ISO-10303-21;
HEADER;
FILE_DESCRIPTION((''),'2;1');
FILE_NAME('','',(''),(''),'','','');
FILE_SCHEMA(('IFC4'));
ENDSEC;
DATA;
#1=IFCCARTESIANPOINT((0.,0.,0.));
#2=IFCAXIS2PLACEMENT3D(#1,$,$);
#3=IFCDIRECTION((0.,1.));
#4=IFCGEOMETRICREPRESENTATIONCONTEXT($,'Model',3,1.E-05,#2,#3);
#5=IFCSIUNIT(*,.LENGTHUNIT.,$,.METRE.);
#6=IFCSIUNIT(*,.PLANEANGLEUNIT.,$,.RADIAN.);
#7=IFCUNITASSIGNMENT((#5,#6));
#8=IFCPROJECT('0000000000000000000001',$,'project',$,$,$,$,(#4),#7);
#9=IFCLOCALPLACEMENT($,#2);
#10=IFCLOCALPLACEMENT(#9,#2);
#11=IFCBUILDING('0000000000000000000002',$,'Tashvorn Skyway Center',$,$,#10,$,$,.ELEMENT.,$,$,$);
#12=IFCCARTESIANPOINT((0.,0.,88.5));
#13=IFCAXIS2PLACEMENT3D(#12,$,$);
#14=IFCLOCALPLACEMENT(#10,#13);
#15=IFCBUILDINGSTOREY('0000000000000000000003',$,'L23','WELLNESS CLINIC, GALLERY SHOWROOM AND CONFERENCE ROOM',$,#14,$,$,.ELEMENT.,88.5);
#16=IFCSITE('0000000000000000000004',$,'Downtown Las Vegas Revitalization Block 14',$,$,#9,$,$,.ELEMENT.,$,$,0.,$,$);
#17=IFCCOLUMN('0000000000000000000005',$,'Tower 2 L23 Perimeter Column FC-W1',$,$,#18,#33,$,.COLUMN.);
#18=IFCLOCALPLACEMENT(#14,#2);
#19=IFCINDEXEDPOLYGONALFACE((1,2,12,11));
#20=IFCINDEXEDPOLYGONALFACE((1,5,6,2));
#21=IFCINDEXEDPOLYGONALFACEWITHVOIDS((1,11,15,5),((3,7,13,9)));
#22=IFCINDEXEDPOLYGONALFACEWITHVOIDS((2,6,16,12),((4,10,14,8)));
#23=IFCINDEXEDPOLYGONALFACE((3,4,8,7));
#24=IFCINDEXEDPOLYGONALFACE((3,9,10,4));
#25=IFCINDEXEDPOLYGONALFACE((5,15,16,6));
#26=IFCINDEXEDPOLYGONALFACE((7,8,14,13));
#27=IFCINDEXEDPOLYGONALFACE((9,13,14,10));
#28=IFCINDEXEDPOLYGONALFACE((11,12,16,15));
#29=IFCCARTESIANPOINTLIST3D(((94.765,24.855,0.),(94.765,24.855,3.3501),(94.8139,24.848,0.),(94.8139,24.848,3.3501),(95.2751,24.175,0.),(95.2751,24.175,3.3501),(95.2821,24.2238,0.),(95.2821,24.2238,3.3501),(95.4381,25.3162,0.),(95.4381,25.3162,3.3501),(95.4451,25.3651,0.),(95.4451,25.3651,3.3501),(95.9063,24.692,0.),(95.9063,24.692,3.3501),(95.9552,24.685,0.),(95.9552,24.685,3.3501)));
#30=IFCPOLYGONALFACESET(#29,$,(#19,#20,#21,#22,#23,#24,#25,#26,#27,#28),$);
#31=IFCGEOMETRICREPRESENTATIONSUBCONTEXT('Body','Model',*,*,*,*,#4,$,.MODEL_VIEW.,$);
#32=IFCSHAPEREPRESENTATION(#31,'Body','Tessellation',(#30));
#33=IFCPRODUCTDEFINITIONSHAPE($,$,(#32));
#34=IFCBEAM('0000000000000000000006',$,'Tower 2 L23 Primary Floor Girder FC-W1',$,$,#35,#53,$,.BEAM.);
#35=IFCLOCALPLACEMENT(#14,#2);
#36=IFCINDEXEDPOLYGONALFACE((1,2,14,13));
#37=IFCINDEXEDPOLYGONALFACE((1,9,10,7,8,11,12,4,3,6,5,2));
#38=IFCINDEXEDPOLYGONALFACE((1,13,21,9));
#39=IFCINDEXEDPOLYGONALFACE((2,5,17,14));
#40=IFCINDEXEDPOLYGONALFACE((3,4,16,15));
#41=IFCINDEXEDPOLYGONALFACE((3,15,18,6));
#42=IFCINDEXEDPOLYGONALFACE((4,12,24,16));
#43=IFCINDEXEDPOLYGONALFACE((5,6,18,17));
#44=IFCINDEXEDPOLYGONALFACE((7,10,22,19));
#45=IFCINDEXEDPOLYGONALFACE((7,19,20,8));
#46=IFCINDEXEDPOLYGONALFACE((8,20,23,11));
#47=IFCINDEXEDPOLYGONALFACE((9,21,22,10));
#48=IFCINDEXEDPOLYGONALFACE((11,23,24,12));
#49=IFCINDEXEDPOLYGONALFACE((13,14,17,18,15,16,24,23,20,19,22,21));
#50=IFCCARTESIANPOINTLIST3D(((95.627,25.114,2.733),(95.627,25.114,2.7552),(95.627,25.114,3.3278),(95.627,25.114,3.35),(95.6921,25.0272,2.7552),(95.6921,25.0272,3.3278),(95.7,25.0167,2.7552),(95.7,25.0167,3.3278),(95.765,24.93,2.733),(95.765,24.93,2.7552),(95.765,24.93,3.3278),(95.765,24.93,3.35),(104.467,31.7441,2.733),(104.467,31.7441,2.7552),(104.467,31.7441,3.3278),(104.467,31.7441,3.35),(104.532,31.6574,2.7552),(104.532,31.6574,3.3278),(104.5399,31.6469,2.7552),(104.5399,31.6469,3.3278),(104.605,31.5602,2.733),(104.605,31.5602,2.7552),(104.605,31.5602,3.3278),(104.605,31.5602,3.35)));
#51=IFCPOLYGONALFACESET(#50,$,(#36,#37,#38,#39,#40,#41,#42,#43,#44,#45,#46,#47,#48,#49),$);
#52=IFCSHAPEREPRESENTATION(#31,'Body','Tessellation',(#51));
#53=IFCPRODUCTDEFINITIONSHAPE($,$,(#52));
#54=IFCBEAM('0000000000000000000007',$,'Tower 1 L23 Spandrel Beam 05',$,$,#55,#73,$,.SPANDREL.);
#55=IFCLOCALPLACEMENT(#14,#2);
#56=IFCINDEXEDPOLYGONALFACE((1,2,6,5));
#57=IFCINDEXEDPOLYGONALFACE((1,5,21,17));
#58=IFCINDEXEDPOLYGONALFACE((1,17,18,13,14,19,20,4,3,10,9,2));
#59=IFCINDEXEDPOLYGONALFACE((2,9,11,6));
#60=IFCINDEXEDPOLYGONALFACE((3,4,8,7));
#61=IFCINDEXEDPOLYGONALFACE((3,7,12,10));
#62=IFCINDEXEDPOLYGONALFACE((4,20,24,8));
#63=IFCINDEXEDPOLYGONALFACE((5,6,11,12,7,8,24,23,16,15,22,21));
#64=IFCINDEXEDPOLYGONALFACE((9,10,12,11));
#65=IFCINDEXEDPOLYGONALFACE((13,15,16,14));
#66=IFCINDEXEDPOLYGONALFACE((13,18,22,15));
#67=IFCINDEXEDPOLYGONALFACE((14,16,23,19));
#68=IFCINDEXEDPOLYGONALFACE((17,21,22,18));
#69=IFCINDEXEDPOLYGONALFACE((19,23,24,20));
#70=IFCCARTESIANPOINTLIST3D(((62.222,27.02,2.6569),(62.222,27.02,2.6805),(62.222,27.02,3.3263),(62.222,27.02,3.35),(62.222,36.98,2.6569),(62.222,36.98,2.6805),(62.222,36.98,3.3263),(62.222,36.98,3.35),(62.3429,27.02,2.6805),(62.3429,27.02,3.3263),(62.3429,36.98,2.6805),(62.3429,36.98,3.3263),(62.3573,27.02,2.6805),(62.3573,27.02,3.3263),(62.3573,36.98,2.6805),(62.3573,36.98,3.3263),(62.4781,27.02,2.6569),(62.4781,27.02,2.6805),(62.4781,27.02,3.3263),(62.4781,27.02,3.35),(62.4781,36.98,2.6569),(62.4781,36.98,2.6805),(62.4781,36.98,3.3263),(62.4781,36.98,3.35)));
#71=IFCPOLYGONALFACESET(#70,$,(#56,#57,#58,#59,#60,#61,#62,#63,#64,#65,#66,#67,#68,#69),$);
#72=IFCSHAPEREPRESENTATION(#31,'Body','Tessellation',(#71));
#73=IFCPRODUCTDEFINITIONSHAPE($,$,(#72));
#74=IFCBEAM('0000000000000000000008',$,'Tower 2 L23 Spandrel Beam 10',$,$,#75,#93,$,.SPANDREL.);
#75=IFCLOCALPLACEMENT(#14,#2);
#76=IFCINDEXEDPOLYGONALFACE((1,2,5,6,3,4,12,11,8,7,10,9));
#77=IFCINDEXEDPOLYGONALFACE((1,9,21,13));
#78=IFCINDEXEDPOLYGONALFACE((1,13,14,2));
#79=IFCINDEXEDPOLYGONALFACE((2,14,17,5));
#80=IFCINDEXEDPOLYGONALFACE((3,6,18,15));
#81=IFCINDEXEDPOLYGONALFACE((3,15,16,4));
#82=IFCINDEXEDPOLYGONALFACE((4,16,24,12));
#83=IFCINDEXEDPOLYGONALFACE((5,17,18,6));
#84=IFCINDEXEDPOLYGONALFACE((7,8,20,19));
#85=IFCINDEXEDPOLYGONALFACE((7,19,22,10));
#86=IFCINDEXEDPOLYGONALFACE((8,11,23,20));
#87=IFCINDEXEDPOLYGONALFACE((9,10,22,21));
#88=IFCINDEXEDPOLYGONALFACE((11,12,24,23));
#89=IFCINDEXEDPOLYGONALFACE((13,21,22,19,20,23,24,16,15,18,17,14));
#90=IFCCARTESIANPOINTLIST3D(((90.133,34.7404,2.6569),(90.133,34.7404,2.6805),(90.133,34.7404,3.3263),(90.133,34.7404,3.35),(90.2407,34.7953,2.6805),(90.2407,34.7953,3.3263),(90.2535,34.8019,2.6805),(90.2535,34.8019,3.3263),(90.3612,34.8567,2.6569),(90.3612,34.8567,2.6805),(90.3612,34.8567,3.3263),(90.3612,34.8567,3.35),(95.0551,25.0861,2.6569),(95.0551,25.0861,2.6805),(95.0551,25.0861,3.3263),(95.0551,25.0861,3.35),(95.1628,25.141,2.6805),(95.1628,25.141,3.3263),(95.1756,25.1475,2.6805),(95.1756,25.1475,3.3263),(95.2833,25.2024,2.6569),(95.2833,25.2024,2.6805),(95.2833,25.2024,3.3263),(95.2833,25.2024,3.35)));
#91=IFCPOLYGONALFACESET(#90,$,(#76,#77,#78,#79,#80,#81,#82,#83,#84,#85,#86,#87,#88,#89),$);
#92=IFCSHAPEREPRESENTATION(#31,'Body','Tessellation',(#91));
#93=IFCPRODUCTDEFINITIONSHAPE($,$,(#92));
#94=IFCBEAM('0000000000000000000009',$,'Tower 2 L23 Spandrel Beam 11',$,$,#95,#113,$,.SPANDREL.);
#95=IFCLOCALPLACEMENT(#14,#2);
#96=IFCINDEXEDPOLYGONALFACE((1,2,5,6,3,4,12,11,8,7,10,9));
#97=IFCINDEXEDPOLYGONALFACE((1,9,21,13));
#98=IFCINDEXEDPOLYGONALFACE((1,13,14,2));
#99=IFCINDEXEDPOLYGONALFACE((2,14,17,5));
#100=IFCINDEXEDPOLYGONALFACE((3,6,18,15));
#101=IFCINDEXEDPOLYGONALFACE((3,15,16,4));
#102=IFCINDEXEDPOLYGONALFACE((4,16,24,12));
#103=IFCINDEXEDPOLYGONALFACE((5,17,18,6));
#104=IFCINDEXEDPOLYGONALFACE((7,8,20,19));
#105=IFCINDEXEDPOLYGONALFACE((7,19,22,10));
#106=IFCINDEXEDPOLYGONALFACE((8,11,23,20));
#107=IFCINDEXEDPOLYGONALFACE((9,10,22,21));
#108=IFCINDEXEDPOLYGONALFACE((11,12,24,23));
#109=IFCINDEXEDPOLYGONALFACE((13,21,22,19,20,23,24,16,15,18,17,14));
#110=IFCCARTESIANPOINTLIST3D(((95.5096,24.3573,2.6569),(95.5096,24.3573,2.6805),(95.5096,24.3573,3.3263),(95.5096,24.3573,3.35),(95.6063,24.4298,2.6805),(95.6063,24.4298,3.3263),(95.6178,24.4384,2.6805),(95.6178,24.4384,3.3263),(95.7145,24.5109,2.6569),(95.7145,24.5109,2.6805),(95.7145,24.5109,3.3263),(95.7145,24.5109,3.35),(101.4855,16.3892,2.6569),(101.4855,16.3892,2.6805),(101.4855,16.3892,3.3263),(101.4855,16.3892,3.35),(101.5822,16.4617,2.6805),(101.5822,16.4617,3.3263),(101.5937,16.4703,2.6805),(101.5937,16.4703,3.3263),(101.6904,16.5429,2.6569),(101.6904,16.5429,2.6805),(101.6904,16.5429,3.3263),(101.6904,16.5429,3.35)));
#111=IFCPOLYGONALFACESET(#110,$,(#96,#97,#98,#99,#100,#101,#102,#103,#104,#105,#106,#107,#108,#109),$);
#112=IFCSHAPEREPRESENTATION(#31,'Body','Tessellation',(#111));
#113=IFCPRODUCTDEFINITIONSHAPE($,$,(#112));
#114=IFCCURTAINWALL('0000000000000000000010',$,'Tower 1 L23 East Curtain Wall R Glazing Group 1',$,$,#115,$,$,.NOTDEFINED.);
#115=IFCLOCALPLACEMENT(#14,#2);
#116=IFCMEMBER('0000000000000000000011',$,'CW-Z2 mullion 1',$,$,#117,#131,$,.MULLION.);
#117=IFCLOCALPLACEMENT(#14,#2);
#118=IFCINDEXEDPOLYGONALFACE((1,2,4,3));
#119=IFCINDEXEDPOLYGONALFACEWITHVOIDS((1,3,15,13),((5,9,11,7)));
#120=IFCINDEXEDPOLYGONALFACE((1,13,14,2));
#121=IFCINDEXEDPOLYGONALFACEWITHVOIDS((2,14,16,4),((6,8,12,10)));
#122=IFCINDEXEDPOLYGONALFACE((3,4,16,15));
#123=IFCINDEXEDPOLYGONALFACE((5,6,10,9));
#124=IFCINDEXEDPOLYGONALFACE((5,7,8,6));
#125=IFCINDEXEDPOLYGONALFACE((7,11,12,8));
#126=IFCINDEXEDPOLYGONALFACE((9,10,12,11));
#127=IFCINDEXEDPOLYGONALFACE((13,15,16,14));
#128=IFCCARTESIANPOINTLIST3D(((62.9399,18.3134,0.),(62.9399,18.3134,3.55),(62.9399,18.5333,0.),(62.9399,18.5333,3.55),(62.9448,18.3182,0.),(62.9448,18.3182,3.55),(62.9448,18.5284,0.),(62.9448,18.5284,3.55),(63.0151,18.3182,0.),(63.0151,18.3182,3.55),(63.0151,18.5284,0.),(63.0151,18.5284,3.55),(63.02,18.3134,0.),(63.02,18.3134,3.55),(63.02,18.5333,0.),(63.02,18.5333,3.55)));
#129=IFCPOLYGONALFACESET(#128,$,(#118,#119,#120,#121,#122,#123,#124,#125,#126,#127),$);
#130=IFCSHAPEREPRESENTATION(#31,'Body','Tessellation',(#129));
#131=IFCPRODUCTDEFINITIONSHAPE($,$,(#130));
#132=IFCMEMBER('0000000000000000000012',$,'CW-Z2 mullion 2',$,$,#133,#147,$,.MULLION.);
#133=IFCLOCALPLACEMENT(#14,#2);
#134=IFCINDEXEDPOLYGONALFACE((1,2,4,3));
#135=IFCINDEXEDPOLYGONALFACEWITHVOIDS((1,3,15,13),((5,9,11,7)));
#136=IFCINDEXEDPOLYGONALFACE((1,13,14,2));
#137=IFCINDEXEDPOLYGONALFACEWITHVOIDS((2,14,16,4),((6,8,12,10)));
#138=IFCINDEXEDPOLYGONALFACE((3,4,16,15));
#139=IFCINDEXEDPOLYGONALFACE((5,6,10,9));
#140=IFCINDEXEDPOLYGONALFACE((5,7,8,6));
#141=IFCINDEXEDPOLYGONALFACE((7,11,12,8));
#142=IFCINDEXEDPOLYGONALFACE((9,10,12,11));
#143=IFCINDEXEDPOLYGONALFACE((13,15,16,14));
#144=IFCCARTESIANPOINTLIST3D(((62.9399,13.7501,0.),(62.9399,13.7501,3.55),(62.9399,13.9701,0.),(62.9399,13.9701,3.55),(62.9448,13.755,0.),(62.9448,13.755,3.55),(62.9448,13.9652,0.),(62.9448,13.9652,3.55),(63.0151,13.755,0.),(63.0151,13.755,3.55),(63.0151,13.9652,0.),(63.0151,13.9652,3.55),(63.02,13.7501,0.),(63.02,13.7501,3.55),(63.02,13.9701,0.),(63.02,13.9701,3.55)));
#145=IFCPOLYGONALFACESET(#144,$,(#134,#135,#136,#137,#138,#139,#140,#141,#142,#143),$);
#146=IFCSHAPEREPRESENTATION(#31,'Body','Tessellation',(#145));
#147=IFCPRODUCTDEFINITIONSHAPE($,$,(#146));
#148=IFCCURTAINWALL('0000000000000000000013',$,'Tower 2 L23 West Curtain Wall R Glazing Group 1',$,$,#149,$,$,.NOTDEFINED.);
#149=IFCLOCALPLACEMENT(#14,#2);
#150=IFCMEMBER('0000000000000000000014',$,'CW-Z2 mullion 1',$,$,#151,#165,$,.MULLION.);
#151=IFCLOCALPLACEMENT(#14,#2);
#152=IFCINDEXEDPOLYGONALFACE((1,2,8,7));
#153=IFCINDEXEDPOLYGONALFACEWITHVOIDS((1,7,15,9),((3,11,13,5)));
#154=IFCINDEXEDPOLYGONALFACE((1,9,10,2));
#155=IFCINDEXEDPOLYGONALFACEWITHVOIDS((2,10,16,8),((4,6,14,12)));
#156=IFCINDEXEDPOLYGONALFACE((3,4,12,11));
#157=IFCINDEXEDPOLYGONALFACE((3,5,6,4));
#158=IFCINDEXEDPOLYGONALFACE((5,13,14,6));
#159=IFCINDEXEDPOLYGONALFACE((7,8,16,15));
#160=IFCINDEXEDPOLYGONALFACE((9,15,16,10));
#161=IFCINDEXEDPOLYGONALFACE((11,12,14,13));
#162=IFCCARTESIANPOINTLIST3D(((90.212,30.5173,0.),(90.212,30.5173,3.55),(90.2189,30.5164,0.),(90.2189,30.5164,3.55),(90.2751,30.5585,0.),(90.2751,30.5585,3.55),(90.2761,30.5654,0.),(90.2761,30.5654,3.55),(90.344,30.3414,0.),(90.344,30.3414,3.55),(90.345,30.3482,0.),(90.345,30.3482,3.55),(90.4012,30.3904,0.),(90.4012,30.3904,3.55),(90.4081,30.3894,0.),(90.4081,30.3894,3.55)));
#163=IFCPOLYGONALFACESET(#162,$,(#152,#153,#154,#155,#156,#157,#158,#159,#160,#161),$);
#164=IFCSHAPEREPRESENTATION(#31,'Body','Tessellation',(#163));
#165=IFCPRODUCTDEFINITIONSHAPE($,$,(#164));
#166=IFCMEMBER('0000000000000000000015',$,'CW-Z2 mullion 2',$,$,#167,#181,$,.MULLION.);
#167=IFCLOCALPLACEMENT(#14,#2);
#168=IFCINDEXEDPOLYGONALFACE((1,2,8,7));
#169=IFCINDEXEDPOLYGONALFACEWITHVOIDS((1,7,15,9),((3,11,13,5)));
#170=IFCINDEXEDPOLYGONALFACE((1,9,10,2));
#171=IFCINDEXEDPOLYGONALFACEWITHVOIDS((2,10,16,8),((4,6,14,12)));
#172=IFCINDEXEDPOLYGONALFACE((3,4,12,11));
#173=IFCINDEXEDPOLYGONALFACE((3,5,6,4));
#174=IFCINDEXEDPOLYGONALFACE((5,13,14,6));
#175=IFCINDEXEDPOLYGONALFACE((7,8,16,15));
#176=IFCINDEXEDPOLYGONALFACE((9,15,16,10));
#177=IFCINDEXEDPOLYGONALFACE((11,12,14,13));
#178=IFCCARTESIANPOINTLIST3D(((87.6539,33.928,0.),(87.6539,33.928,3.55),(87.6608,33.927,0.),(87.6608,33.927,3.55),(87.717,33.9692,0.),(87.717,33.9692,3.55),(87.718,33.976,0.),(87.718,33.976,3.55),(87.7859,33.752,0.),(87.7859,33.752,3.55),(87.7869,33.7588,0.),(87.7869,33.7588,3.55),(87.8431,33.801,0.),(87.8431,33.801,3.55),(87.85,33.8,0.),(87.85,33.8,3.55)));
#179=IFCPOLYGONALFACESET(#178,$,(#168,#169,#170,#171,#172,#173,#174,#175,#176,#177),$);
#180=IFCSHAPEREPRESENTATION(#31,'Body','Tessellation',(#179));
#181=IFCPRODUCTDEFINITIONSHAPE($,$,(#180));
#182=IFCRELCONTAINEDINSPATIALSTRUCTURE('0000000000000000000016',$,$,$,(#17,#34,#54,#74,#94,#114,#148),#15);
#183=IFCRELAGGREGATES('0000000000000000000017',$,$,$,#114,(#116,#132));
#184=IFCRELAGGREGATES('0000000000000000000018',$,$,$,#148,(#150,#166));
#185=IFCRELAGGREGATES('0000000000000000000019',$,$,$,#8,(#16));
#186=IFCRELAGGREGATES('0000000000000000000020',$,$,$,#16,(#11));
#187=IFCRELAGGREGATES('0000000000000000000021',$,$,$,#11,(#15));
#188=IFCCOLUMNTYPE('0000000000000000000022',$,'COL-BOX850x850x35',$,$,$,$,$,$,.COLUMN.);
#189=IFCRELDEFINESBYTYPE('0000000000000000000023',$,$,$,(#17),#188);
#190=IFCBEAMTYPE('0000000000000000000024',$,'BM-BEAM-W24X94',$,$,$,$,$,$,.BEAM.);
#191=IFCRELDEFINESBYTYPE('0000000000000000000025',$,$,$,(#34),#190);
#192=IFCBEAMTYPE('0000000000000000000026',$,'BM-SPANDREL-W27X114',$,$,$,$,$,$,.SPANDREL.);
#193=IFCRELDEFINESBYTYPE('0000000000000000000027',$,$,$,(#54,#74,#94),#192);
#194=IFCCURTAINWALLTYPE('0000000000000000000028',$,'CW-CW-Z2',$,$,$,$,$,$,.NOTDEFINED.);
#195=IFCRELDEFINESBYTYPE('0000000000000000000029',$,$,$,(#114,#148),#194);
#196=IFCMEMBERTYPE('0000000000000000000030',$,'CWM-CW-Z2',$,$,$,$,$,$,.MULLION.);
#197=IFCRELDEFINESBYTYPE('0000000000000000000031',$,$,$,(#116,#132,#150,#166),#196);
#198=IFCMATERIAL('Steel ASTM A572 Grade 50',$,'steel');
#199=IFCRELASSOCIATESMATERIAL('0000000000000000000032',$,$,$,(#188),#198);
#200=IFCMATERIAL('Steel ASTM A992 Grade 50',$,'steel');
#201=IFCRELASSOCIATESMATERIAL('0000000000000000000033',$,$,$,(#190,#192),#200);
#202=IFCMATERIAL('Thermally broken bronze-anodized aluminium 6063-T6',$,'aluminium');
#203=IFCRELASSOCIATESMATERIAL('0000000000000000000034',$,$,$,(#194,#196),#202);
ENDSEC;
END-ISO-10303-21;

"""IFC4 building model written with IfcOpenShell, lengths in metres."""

from ifc_helpers import new_model, si_unit, direction, frame, origin, origin_2d, place, context, subcontext, project, spatial, hollow_rectangle, i_section, extrude, material, material_profile, profile_set, type_object, element, aggregate, save


model = new_model("IFC4")

# Units and contexts
model_context = context("Model", 3, precision=1e-05, world=origin(), true_north=direction((0.0, 1.0)))
body_context = subcontext(model_context, "Body", "Model", "MODEL_VIEW")
ifc_project = project(units=[si_unit("LENGTHUNIT", "METRE"), si_unit("PLANEANGLEUNIT", "RADIAN")], contexts=[model_context])

# Site, building, storey
site_placement = place(None, origin())
site = spatial("IfcSite", under=ifc_project, at=site_placement, Name="Downtown Las Vegas Revitalization Block 14", CompositionType="ELEMENT", RefElevation=0.0)
building_placement = place(site_placement, origin())
building = spatial("IfcBuilding", under=site, at=building_placement, Name="Tashvorn Skyway Center", CompositionType="ELEMENT")
storey_placement = place(building_placement, frame((0.0, 0.0, 88.5)))
storey = spatial("IfcBuildingStorey", under=building, at=storey_placement, Name="L23", Description="WELLNESS CLINIC, GALLERY SHOWROOM AND CONFERENCE ROOM", CompositionType="ELEMENT", Elevation=88.5)

# Column
ifc_material_1 = material(Name="Steel ASTM A572 Grade 50", Category="steel")
ifc_material_profile_1 = material_profile(ifc_material_1, hollow_rectangle(XDim=0.8501, YDim=0.8501, WallThickness=0.0349, at=origin_2d()), Name="BOX850x850x35")
ifc_profile_set_1 = profile_set([ifc_material_profile_1], Name="Steel ASTM A572 Grade 50")
column_type = type_object("IfcColumnType", Name="COL-BOX850x850x35", PredefinedType="COLUMN", material=ifc_profile_set_1)
column_placement = place(storey_placement, frame((95.3601, 24.77, 0.0), z_axis=(0.0, 0.0, 1.0), x_axis=(0.8, 0.6, 0.0)))
element("IfcColumn", 1, at=column_placement, inside=storey, type_object=column_type, Name="Tower 2 L23 Perimeter Column FC-W1", PredefinedType="COLUMN", context=body_context, shape_type="SweptSolid", body=[
    extrude(hollow_rectangle(XDim=0.8501, YDim=0.8501, WallThickness=0.0349, at=origin_2d()), origin(), (0.0, 0.0, 1.0), 3.3501),
])

# Beams
ifc_material_2 = material(Name="Steel ASTM A992 Grade 50", Category="steel")
ifc_material_profile_2 = material_profile(ifc_material_2, i_section(OverallWidth=0.23, OverallDepth=0.6169, WebThickness=0.0132, FlangeThickness=0.0222, at=origin_2d()), Name="W24X94")
ifc_profile_set_2 = profile_set([ifc_material_profile_2], Name="Steel ASTM A992 Grade 50")
beam_type_1 = type_object("IfcBeamType", Name="BM-BEAM-W24X94", PredefinedType="BEAM", material=ifc_profile_set_2)
beam_1_placement = place(storey_placement, frame((95.696, 25.022, 3.0415), z_axis=(0.799989, 0.600014, 0.0), x_axis=(-0.600014, 0.799989, 0.0)))
element("IfcBeam", 2, at=beam_1_placement, inside=storey, type_object=beam_type_1, Name="Tower 2 L23 Primary Floor Girder FC-W1", PredefinedType="BEAM", context=body_context, shape_type="SweptSolid", body=[
    extrude(i_section(OverallWidth=0.23, OverallDepth=0.6169, WebThickness=0.0132, FlangeThickness=0.0222, at=origin_2d()), origin(), (0.0, 0.0, 1.0), 11.05),
])
ifc_material_profile_3 = material_profile(ifc_material_2, i_section(OverallWidth=0.2561, OverallDepth=0.6931, WebThickness=0.0144, FlangeThickness=0.0237, at=origin_2d()), Name="W27X114")
ifc_profile_set_3 = profile_set([ifc_material_profile_3], Name="Steel ASTM A992 Grade 50")
beam_type_2 = type_object("IfcBeamType", Name="BM-SPANDREL-W27X114", PredefinedType="SPANDREL", material=ifc_profile_set_3)
beam_2_placement = place(storey_placement, frame((62.3501, 27.02, 3.0034), z_axis=(0.0, 1.0, 0.0), x_axis=(-1.0, 0.0, 0.0)))
element("IfcBeam", 3, at=beam_2_placement, inside=storey, type_object=beam_type_2, Name="Tower 1 L23 Spandrel Beam 05", PredefinedType="SPANDREL", context=body_context, shape_type="SweptSolid", body=[
    extrude(i_section(OverallWidth=0.2561, OverallDepth=0.6931, WebThickness=0.0144, FlangeThickness=0.0237, at=origin_2d()), origin(), (0.0, 0.0, 1.0), 9.96),
])
beam_3_placement = place(storey_placement, frame((90.2471, 34.7986, 3.0034), z_axis=(0.454211, -0.890894, 0.0), x_axis=(0.890894, 0.454211, 0.0)))
element("IfcBeam", 4, at=beam_3_placement, inside=storey, type_object=beam_type_2, Name="Tower 2 L23 Spandrel Beam 10", PredefinedType="SPANDREL", context=body_context, shape_type="SweptSolid", body=[
    extrude(i_section(OverallWidth=0.2561, OverallDepth=0.6931, WebThickness=0.0144, FlangeThickness=0.0237, at=origin_2d()), origin(), (0.0, 0.0, 1.0), 10.8367),
])
beam_4_placement = place(storey_placement, frame((95.6121, 24.4341, 3.0034), z_axis=(0.599988, -0.800009, 0.0), x_axis=(0.800009, 0.599988, 0.0)))
element("IfcBeam", 5, at=beam_4_placement, inside=storey, type_object=beam_type_2, Name="Tower 2 L23 Spandrel Beam 11", PredefinedType="SPANDREL", context=body_context, shape_type="SweptSolid", body=[
    extrude(i_section(OverallWidth=0.2561, OverallDepth=0.6931, WebThickness=0.0144, FlangeThickness=0.0237, at=origin_2d()), origin(), (0.0, 0.0, 1.0), 9.96),
])

# Curtain walls, members
ifc_material_3 = material(Name="Thermally broken bronze-anodized aluminium 6063-T6", Category="aluminium")
curtain_wall_type = type_object("IfcCurtainWallType", Name="CW-CW-Z2", PredefinedType="NOTDEFINED", material=ifc_material_3)
curtain_wall_1_placement = place(storey_placement, origin())
curtain_wall_1 = element("IfcCurtainWall", 6, at=curtain_wall_1_placement, inside=storey, type_object=curtain_wall_type, Name="Tower 1 L23 East Curtain Wall R Glazing Group 1", PredefinedType="NOTDEFINED")
ifc_material_profile_4 = material_profile(ifc_material_3, hollow_rectangle(XDim=0.0801, YDim=0.22, WallThickness=0.0049, at=origin_2d()), Name="ALU-MULL-80x220")
ifc_profile_set_4 = profile_set([ifc_material_profile_4], Name="Thermally broken bronze-anodized aluminium 6063-T6")
member_type_1 = type_object("IfcMemberType", Name="CWM-CW-Z2", PredefinedType="MULLION", material=ifc_profile_set_4)
member_1_placement = place(storey_placement, frame((62.98, 18.4233, 0.0), z_axis=(0.0, 0.0, 1.0), x_axis=(1.0, 0.0, 0.0)))
member_1 = element("IfcMember", 7, at=member_1_placement, type_object=member_type_1, Name="CW-Z2 mullion 1", PredefinedType="MULLION", context=body_context, shape_type="SweptSolid", body=[
    extrude(hollow_rectangle(XDim=0.0801, YDim=0.22, WallThickness=0.0049, at=origin_2d()), origin(), (0.0, 0.0, 1.0), 3.55),
])
member_2_placement = place(storey_placement, frame((62.98, 13.8601, 0.0), z_axis=(0.0, 0.0, 1.0), x_axis=(1.0, 0.0, 0.0)))
member_2 = element("IfcMember", 8, at=member_2_placement, type_object=member_type_1, Name="CW-Z2 mullion 2", PredefinedType="MULLION", context=body_context, shape_type="SweptSolid", body=[
    extrude(hollow_rectangle(XDim=0.0801, YDim=0.22, WallThickness=0.0049, at=origin_2d()), origin(), (0.0, 0.0, 1.0), 3.55),
])
curtain_wall_2_placement = place(storey_placement, origin())
curtain_wall_2 = element("IfcCurtainWall", 9, at=curtain_wall_2_placement, inside=storey, type_object=curtain_wall_type, Name="Tower 2 L23 West Curtain Wall R Glazing Group 1", PredefinedType="NOTDEFINED")
member_3_placement = place(storey_placement, frame((90.3101, 30.4534, 0.0), z_axis=(0.0, 0.0, 1.0), x_axis=(-0.800003, -0.599996, 0.0)))
member_3 = element("IfcMember", 10, at=member_3_placement, type_object=member_type_1, Name="CW-Z2 mullion 1", PredefinedType="MULLION", context=body_context, shape_type="SweptSolid", body=[
    extrude(hollow_rectangle(XDim=0.0801, YDim=0.22, WallThickness=0.0049, at=origin_2d()), origin(), (0.0, 0.0, 1.0), 3.55),
])
member_4_placement = place(storey_placement, frame((87.752, 33.864, 0.0), z_axis=(0.0, 0.0, 1.0), x_axis=(-0.800003, -0.599996, 0.0)))
member_4 = element("IfcMember", 11, at=member_4_placement, type_object=member_type_1, Name="CW-Z2 mullion 2", PredefinedType="MULLION", context=body_context, shape_type="SweptSolid", body=[
    extrude(hollow_rectangle(XDim=0.0801, YDim=0.22, WallThickness=0.0049, at=origin_2d()), origin(), (0.0, 0.0, 1.0), 3.55),
])

aggregate(curtain_wall_1, [member_1, member_2])
aggregate(curtain_wall_2, [member_3, member_4])

save(model, "model.ifc")
